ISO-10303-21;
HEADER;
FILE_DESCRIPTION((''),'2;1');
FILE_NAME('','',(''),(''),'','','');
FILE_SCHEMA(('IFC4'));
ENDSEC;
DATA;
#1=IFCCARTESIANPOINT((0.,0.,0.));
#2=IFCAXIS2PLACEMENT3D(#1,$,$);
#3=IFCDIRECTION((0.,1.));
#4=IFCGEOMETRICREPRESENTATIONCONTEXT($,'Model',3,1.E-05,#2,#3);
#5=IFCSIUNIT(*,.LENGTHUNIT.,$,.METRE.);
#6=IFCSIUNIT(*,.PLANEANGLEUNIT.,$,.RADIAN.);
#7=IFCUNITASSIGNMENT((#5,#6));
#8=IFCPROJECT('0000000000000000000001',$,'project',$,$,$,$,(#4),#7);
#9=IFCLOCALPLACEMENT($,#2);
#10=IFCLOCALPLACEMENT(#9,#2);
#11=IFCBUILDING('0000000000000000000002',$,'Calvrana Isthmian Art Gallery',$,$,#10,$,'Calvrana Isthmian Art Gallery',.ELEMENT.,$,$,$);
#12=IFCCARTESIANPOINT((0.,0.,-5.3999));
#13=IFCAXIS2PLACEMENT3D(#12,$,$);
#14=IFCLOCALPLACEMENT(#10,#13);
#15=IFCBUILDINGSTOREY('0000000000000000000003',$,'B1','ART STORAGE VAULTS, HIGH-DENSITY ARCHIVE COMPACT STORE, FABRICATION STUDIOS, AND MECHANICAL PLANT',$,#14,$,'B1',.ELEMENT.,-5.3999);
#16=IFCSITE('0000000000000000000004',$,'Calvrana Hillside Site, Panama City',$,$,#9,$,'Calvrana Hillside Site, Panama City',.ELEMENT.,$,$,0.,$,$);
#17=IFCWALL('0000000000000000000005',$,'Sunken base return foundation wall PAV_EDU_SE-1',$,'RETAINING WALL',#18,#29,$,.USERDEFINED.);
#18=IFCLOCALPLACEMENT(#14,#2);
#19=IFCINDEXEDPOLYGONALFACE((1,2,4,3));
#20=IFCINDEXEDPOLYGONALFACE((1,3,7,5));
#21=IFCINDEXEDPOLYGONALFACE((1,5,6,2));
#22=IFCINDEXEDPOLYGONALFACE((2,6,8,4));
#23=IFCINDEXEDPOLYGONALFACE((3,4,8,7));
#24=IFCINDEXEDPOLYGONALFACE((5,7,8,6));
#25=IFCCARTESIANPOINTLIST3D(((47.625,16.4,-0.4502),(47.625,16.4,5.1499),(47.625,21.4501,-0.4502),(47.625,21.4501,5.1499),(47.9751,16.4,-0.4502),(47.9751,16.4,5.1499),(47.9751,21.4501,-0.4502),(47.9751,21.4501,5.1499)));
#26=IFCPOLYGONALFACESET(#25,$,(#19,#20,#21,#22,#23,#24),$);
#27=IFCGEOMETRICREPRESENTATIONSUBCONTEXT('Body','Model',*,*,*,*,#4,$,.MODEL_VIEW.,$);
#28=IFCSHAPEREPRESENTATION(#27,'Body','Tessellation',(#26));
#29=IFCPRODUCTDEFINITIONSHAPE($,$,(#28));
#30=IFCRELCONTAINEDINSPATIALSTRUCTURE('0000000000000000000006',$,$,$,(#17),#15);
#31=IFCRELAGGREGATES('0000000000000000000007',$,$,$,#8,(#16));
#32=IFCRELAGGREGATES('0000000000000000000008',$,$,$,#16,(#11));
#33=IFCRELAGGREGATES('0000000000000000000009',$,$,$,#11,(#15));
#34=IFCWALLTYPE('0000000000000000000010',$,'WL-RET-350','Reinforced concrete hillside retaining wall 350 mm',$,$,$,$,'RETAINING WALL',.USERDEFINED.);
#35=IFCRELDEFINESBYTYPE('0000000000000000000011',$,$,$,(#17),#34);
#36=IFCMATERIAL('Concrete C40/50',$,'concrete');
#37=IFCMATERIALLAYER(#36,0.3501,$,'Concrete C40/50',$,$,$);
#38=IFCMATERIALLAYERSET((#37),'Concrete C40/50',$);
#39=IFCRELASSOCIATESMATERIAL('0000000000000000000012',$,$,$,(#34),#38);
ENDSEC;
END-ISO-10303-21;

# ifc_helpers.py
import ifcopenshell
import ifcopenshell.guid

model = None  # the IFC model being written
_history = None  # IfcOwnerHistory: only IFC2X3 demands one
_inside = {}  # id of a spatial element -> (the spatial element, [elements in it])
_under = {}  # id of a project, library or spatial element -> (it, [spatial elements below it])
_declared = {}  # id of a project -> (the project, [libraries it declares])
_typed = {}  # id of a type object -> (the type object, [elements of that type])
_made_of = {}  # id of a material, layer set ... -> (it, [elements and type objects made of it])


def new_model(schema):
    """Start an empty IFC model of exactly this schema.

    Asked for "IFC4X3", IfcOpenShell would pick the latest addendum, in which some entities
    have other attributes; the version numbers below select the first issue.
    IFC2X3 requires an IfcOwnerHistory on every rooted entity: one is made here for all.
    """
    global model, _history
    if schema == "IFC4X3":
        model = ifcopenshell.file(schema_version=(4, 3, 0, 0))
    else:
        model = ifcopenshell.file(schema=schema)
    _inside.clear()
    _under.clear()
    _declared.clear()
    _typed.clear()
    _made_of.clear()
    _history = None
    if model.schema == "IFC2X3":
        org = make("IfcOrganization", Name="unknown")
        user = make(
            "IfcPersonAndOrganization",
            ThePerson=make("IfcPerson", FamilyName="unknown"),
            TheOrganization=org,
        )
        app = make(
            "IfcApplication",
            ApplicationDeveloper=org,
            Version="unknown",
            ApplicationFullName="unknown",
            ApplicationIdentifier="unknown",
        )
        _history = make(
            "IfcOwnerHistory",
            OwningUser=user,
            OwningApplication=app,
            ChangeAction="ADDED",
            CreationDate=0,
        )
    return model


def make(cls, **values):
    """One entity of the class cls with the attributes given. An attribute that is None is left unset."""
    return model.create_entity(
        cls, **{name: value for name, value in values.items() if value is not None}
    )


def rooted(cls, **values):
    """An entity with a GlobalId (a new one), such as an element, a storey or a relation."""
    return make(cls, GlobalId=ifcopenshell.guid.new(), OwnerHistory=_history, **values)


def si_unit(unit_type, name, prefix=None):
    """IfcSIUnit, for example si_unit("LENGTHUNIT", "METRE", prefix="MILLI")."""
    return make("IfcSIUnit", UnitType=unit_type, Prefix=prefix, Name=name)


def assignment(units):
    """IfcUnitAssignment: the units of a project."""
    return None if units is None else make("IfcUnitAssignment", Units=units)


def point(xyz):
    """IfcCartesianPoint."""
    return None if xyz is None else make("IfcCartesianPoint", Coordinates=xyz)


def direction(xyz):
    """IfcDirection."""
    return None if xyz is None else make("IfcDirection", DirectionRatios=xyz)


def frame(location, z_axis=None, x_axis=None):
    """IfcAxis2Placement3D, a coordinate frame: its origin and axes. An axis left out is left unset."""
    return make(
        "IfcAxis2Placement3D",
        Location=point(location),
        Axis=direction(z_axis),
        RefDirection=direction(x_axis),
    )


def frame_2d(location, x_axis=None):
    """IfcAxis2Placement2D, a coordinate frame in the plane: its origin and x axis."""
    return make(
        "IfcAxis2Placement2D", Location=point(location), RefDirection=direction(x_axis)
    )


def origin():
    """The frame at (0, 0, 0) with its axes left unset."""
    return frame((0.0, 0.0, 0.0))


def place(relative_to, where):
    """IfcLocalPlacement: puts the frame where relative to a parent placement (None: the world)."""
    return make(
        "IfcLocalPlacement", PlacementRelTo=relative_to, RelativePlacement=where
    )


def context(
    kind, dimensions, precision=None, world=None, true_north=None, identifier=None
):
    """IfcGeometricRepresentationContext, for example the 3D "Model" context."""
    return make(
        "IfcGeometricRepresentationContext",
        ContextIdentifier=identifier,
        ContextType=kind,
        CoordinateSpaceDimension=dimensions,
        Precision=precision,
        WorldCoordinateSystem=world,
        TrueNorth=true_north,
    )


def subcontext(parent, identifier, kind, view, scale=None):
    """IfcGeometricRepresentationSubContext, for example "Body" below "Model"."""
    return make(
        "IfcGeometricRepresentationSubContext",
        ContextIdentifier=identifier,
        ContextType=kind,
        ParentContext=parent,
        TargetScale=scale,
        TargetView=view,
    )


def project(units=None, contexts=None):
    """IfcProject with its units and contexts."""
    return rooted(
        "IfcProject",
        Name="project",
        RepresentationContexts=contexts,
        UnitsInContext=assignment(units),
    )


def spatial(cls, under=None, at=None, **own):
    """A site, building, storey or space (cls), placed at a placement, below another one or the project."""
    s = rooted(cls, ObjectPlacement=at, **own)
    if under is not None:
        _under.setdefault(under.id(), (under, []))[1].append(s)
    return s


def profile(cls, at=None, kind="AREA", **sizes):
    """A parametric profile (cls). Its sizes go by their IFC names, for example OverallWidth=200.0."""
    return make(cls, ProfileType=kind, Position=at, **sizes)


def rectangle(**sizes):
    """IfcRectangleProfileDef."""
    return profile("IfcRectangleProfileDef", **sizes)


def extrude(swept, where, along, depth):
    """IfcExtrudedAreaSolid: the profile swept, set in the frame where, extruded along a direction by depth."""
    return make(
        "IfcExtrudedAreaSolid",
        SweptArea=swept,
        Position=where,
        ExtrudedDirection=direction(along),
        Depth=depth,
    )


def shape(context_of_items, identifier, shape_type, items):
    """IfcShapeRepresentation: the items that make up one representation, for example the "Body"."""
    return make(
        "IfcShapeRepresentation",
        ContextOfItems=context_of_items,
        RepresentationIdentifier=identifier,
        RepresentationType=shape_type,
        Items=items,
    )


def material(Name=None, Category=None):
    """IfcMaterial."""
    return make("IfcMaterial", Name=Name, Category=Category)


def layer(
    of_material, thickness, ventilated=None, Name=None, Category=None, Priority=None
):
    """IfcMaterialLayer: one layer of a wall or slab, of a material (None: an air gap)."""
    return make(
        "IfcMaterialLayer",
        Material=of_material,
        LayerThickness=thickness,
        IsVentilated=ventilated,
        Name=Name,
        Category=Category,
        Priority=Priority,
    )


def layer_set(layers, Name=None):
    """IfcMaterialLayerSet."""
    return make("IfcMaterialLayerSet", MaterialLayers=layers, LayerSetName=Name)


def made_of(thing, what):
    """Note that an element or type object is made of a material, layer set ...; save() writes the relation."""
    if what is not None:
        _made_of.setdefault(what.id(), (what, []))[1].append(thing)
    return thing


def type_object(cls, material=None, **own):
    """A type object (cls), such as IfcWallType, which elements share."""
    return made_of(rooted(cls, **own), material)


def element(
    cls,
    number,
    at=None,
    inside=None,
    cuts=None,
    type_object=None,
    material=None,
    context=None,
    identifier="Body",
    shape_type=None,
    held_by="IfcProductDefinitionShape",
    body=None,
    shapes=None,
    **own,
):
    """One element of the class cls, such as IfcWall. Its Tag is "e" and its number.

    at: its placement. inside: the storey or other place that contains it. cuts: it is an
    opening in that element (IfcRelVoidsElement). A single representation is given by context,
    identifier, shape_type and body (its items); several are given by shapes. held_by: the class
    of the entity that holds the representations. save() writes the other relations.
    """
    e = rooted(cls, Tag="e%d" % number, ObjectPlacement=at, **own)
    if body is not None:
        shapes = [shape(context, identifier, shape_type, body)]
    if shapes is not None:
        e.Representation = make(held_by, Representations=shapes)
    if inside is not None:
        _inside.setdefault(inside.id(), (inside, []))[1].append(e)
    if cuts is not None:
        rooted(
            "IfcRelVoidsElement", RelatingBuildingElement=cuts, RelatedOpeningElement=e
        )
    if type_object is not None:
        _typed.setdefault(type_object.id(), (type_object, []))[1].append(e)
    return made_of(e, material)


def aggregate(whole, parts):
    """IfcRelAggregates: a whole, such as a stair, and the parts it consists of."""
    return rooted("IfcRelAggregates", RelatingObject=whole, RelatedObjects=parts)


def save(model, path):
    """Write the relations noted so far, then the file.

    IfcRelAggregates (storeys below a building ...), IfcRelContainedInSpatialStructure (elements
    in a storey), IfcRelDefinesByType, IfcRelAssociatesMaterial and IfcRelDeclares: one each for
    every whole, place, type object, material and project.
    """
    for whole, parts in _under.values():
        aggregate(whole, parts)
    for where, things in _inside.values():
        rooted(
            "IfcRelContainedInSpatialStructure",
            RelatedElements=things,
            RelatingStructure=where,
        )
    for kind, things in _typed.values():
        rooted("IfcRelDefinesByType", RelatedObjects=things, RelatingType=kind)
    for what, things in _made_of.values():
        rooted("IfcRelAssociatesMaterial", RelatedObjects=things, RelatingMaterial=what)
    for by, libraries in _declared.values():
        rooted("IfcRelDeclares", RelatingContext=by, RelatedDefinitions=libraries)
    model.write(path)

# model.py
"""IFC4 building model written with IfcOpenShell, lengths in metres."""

from ifc_helpers import new_model, si_unit, direction, frame, frame_2d, origin, place, context, subcontext, project, spatial, rectangle, extrude, material, layer, layer_set, type_object, element, save


model = new_model("IFC4")

# Units and contexts
model_context = context("Model", 3, precision=1e-05, world=origin(), true_north=direction((0.0, 1.0)))
body_context = subcontext(model_context, "Body", "Model", "MODEL_VIEW")
ifc_project = project(units=[si_unit("LENGTHUNIT", "METRE"), si_unit("PLANEANGLEUNIT", "RADIAN")], contexts=[model_context])

# Site, building, storey
site_placement = place(None, origin())
site = spatial("IfcSite", under=ifc_project, at=site_placement, Name="Calvrana Hillside Site, Panama City", LongName="Calvrana Hillside Site, Panama City", CompositionType="ELEMENT", RefElevation=0.0)
building_placement = place(site_placement, origin())
building = spatial("IfcBuilding", under=site, at=building_placement, Name="Calvrana Isthmian Art Gallery", LongName="Calvrana Isthmian Art Gallery", CompositionType="ELEMENT")
storey_placement = place(building_placement, frame((0.0, 0.0, -5.3999)))
storey = spatial("IfcBuildingStorey", under=building, at=storey_placement, Name="B1", Description="ART STORAGE VAULTS, HIGH-DENSITY ARCHIVE COMPACT STORE, FABRICATION STUDIOS, AND MECHANICAL PLANT", LongName="B1", CompositionType="ELEMENT", Elevation=-5.3999)

# Wall
ifc_material_1 = material(Name="Concrete C40/50", Category="concrete")
ifc_layer_1 = layer(ifc_material_1, 0.3501, Name="Concrete C40/50")
ifc_layer_set_1 = layer_set([ifc_layer_1], Name="Concrete C40/50")
wall_type_1 = type_object("IfcWallType", Name="WL-RET-350", Description="Reinforced concrete hillside retaining wall 350 mm", ElementType="RETAINING WALL", PredefinedType="USERDEFINED", material=ifc_layer_set_1)
wall_1_placement = place(storey_placement, frame((47.8, 21.45, -0.4502), z_axis=(0.0, 0.0, 1.0), x_axis=(0.0, -1.0, 0.0)))
element("IfcWall", 1, at=wall_1_placement, inside=storey, type_object=wall_type_1, Name="Sunken base return foundation wall PAV_EDU_SE-1", ObjectType="RETAINING WALL", PredefinedType="USERDEFINED", context=body_context, shape_type="SweptSolid", body=[
    extrude(rectangle(XDim=5.05, YDim=0.3501, at=frame_2d((2.5249, 0.0))), origin(), (0.0, 0.0, 1.0), 5.6001),
])

save(model, "model.ifc")
